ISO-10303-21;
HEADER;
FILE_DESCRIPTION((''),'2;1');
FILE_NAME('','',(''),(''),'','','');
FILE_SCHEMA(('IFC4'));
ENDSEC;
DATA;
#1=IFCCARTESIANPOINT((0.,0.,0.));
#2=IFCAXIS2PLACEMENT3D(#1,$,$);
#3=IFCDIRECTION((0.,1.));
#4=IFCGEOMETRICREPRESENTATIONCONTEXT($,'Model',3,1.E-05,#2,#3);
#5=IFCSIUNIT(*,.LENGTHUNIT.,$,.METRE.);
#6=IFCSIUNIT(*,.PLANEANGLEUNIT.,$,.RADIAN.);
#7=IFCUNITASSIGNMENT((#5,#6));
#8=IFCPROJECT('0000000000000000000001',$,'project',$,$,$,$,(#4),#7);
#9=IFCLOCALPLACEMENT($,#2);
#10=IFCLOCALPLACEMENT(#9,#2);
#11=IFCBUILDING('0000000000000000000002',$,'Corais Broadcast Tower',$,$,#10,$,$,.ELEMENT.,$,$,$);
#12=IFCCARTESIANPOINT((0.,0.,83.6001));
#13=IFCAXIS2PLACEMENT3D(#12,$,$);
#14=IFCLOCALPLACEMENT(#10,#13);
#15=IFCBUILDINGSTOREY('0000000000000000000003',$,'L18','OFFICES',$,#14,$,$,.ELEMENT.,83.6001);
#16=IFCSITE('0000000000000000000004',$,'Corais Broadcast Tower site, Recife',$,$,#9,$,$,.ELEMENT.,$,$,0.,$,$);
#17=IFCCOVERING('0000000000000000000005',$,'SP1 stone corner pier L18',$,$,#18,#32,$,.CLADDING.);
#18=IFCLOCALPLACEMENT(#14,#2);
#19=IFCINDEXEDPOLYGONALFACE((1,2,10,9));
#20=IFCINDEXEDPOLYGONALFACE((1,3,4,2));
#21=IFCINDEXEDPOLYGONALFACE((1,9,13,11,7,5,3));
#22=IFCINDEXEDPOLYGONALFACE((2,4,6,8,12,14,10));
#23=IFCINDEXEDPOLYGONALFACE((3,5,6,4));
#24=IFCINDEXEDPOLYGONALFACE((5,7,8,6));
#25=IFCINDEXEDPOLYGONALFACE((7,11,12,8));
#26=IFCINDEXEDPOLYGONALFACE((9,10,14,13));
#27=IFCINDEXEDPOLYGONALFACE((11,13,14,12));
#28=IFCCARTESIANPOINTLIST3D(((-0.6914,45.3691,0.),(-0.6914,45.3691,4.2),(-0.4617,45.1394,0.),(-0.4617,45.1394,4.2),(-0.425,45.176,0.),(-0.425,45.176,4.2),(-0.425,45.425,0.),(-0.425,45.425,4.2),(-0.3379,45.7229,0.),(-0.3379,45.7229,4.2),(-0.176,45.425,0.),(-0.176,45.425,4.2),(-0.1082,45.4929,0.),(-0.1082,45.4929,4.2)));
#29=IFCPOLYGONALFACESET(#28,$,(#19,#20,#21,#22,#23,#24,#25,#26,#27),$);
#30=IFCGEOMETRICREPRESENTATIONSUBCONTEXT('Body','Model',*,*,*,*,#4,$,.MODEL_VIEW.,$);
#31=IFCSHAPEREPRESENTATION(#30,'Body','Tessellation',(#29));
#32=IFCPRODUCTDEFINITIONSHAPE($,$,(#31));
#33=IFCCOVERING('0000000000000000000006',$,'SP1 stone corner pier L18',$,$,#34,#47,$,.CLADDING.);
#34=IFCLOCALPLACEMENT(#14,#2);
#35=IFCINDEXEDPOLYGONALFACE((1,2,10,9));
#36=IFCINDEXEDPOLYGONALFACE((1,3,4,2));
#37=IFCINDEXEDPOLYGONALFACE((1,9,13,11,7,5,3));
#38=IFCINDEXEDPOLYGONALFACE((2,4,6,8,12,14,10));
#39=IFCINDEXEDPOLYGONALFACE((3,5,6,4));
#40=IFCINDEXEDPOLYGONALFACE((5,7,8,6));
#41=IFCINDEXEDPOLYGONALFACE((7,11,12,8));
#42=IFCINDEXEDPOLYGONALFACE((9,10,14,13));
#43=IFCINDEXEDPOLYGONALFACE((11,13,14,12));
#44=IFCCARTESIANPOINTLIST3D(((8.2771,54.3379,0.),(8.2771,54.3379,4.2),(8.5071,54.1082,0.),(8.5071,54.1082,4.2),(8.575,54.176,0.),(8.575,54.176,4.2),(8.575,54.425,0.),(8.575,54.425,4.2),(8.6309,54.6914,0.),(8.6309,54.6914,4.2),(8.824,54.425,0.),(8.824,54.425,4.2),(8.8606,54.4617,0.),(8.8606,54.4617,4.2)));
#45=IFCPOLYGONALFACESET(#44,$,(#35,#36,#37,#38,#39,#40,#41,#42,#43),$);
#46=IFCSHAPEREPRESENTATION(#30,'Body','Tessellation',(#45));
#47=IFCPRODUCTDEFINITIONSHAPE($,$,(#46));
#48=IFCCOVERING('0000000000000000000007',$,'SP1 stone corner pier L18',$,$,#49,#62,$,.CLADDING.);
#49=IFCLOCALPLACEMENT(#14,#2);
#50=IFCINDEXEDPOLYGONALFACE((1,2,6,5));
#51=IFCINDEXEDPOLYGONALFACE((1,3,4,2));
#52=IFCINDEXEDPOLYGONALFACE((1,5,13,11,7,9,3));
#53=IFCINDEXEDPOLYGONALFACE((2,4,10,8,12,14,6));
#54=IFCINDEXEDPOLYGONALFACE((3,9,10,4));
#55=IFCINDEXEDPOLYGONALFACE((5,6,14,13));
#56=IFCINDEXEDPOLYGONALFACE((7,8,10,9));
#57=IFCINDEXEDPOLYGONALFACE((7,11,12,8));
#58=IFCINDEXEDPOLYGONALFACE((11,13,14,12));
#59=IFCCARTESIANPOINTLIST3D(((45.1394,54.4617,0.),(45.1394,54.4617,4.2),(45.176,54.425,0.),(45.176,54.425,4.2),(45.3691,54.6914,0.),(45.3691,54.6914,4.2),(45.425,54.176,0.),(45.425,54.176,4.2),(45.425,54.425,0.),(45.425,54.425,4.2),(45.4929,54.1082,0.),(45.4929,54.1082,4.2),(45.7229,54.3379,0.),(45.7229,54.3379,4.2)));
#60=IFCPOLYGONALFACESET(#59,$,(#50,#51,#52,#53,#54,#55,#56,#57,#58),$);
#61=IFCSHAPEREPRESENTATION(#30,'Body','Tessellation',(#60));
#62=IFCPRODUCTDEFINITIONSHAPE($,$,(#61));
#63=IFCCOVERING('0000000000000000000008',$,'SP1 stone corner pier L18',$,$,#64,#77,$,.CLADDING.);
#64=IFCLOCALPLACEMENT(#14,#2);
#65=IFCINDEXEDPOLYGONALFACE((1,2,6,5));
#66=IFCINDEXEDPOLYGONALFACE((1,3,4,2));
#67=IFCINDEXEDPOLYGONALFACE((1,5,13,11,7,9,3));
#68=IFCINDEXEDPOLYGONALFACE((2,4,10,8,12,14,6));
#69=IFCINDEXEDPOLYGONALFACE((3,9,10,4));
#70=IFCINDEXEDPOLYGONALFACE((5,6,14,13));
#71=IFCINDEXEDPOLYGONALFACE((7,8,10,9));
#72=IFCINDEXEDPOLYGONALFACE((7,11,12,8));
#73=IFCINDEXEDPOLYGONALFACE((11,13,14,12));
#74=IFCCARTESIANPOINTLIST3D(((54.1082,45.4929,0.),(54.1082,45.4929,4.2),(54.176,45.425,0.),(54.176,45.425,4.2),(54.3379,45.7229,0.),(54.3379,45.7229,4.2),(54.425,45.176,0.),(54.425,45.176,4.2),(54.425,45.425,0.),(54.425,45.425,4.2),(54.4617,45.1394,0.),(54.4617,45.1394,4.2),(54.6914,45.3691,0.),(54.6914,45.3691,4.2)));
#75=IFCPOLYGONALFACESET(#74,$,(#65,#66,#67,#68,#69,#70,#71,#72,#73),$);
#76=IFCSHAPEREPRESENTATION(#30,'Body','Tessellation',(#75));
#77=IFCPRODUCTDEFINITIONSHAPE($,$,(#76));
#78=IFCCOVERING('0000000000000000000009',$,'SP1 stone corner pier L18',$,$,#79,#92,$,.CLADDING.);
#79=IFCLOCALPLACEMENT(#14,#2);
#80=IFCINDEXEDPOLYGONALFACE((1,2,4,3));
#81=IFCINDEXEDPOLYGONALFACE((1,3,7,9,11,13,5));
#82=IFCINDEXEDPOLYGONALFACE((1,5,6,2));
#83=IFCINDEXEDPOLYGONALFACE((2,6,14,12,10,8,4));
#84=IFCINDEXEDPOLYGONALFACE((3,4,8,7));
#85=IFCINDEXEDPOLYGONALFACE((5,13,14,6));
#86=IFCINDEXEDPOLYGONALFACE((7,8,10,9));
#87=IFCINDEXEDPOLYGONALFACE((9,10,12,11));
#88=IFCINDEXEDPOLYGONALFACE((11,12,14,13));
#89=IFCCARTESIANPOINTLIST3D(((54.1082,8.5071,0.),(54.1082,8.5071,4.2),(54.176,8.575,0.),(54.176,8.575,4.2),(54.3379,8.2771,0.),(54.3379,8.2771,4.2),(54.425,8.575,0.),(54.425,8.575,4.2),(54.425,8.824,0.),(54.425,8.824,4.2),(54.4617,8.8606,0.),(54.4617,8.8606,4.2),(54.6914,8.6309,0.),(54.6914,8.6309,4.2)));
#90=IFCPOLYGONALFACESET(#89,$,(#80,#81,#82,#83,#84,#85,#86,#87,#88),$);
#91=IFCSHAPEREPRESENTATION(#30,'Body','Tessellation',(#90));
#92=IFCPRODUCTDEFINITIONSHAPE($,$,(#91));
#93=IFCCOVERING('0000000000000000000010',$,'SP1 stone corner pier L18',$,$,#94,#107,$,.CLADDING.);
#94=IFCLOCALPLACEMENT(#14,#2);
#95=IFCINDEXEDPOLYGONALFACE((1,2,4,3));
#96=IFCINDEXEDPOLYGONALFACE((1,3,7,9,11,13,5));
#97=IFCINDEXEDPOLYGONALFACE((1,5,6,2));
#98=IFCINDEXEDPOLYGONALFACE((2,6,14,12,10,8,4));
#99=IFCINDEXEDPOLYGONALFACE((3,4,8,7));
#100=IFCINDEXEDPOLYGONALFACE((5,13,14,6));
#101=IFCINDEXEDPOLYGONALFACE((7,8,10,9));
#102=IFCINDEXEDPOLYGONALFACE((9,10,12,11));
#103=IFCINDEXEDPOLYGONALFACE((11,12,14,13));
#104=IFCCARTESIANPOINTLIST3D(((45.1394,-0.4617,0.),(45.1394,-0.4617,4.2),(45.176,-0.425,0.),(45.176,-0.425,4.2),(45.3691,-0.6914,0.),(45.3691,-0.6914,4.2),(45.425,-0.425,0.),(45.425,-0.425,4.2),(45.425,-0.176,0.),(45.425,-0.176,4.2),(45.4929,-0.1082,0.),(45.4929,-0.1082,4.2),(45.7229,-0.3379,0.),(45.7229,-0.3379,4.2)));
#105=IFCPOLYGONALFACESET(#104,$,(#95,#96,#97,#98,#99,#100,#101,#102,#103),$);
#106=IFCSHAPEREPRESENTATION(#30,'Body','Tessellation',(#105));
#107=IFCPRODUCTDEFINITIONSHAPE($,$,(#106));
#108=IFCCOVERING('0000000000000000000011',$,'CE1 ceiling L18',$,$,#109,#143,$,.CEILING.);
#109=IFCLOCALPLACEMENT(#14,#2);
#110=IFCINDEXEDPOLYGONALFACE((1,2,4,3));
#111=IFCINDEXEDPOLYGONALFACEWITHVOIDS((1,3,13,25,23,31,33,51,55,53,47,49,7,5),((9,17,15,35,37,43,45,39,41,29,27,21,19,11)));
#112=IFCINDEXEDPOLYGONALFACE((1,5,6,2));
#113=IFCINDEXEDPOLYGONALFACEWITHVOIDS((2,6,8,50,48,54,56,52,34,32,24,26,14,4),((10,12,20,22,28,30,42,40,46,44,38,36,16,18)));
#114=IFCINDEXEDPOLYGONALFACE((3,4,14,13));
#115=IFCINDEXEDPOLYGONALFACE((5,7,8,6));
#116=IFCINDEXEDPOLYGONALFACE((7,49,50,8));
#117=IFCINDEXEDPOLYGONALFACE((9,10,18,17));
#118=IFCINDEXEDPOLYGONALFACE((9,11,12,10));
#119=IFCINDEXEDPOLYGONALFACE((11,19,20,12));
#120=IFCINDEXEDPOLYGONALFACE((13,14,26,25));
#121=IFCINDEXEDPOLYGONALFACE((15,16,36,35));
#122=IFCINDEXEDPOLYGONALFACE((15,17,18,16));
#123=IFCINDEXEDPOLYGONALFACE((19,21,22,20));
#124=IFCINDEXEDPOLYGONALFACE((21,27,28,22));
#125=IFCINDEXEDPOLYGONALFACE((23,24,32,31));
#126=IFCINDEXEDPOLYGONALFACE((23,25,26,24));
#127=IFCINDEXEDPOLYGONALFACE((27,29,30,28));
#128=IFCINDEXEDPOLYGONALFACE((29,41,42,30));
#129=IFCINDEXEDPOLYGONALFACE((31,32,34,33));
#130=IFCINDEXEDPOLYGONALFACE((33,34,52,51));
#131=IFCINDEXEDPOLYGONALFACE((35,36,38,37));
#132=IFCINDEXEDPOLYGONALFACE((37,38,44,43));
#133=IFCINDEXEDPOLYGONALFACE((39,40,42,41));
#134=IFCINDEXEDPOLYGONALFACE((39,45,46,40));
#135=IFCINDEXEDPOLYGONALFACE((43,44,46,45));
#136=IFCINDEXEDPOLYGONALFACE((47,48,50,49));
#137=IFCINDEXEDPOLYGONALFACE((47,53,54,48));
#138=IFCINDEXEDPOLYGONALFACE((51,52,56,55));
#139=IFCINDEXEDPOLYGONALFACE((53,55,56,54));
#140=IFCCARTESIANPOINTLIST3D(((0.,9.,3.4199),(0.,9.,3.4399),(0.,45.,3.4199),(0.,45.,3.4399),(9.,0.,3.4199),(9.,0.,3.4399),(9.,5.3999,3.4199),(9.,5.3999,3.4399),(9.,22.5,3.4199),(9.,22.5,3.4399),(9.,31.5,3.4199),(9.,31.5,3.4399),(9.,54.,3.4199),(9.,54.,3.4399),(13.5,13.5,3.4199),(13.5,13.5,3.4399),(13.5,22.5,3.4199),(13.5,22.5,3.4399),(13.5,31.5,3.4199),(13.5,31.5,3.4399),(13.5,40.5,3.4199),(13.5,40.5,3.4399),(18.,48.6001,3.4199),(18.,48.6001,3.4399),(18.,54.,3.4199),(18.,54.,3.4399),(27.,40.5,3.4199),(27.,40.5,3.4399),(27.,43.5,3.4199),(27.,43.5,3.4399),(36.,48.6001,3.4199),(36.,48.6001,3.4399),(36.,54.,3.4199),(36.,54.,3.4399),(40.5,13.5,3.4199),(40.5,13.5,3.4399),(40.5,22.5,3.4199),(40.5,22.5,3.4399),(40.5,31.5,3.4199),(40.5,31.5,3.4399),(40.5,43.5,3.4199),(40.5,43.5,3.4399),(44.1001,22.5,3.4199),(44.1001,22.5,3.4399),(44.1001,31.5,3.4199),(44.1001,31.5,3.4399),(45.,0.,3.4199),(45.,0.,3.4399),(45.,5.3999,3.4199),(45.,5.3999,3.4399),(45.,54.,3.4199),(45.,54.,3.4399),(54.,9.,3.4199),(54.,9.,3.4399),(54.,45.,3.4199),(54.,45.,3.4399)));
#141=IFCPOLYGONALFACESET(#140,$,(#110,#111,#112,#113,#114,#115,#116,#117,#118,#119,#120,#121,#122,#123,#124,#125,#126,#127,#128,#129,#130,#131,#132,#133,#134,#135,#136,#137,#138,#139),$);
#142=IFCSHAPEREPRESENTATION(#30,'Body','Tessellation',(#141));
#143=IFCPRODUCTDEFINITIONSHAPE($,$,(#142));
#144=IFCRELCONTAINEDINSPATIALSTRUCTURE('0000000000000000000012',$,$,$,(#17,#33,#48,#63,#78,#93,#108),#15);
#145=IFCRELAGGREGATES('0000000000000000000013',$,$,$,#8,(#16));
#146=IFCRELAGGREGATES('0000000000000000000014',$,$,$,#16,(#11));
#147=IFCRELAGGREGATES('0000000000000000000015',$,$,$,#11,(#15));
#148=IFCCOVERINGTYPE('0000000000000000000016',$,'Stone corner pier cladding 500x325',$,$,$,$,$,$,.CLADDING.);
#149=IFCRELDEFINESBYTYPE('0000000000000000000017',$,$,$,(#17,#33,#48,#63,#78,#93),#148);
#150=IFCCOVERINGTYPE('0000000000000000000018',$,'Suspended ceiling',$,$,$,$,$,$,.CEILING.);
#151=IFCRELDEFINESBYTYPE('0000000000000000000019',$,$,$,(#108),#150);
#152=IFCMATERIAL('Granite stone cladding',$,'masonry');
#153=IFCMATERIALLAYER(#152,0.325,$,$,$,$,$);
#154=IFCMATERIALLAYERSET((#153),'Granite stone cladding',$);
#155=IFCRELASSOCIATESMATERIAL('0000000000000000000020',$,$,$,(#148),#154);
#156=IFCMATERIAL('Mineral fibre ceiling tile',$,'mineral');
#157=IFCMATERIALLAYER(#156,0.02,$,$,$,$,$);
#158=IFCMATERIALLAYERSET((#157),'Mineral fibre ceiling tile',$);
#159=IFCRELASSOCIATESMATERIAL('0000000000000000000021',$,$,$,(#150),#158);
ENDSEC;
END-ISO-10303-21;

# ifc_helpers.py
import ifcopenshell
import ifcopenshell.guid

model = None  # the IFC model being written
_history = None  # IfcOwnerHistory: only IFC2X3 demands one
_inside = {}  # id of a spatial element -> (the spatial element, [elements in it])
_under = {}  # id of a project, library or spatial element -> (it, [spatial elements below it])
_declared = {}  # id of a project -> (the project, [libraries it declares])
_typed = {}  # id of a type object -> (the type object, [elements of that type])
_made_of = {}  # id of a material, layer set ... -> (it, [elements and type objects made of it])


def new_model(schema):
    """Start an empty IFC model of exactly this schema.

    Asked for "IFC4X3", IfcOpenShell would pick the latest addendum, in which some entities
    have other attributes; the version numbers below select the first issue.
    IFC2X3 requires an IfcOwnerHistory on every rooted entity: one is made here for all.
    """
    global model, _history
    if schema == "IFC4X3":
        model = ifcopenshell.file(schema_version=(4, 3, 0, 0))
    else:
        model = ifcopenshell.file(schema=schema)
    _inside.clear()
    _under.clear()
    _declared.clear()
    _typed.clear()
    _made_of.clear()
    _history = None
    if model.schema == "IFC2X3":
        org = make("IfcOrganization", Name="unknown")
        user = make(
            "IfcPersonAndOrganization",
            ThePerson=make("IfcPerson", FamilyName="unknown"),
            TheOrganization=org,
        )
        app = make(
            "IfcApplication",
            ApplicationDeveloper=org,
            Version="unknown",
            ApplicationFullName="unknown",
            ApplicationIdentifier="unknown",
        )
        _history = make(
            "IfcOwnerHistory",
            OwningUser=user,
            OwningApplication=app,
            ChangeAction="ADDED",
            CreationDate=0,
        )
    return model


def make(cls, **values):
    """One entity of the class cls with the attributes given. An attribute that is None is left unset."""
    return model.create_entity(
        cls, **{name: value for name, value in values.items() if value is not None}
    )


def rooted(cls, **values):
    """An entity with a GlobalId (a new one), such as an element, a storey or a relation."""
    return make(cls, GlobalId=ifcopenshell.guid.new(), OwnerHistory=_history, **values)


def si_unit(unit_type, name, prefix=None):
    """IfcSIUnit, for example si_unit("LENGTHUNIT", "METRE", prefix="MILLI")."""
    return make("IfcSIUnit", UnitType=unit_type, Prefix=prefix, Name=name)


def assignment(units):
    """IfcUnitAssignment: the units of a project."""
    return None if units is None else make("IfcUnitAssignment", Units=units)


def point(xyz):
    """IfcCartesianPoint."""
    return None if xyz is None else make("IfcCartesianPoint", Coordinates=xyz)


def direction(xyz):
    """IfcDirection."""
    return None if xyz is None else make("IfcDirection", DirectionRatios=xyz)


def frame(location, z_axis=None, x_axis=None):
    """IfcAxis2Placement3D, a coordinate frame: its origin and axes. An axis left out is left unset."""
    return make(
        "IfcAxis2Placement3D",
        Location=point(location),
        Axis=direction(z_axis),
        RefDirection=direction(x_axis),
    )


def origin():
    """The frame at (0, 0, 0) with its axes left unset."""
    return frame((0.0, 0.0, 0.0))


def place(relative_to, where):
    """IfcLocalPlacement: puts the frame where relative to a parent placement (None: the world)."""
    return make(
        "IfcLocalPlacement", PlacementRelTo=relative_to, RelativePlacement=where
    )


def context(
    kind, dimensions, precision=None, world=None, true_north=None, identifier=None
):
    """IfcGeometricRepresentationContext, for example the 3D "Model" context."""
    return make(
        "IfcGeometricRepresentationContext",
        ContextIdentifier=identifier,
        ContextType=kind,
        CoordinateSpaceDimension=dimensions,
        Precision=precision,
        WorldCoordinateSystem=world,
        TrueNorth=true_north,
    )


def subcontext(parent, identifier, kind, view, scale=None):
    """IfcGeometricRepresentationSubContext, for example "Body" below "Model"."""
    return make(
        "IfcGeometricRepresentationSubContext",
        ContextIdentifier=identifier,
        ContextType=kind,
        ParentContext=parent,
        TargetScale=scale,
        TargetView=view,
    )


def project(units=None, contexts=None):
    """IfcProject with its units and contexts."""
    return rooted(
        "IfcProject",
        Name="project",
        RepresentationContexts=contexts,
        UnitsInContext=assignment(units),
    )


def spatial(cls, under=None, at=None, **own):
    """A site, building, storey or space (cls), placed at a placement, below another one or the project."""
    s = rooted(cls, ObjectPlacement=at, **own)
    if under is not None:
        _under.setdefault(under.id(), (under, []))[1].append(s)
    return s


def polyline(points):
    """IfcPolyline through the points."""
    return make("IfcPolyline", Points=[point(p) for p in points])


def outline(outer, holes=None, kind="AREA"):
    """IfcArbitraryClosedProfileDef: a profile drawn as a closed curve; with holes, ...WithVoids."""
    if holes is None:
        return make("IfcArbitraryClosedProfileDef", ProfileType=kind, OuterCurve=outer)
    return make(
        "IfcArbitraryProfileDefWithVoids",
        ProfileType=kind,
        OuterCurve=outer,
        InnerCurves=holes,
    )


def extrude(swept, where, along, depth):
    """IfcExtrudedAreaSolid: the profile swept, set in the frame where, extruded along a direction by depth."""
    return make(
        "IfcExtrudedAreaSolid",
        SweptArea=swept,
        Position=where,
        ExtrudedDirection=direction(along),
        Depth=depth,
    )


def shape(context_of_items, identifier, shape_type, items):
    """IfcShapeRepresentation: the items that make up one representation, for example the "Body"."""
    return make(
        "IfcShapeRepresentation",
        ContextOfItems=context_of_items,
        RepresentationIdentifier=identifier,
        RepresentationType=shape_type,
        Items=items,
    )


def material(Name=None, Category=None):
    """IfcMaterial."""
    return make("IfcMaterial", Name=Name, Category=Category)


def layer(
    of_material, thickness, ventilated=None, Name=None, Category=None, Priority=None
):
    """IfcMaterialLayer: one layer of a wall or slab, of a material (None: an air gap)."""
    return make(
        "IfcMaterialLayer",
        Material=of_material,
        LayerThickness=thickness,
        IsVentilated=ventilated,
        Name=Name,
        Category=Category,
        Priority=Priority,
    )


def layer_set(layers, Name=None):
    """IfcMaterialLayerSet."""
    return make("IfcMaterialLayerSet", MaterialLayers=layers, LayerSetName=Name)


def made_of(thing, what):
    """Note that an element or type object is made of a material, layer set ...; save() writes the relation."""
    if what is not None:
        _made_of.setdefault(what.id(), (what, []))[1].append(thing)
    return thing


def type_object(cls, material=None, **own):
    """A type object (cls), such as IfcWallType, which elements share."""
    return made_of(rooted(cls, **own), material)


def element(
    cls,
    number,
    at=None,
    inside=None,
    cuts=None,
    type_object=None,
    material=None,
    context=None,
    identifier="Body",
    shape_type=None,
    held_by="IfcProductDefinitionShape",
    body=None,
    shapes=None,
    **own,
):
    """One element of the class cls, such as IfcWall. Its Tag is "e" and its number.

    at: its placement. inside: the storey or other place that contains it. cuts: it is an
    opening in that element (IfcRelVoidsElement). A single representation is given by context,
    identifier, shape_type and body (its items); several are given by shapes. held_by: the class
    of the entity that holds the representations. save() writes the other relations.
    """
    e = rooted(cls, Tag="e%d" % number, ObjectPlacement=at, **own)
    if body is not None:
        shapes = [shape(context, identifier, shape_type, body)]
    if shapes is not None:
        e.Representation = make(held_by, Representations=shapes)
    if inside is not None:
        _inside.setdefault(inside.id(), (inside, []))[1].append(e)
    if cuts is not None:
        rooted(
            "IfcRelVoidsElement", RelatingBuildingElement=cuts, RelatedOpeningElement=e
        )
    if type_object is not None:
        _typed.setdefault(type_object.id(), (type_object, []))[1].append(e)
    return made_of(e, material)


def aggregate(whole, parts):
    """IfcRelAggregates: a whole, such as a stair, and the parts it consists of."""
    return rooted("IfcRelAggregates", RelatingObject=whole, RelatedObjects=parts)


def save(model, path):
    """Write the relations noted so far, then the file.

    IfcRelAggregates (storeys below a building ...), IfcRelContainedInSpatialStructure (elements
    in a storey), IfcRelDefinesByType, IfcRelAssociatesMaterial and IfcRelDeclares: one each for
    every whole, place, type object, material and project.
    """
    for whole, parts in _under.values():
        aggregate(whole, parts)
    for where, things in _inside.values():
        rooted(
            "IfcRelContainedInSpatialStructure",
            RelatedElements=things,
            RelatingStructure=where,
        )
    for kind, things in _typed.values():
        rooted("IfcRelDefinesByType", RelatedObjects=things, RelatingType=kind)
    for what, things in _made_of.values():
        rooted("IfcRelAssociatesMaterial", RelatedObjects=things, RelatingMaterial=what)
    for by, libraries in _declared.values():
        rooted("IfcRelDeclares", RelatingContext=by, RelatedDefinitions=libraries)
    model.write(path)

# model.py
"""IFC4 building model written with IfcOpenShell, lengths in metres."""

from ifc_helpers import new_model, si_unit, direction, frame, origin, place, context, subcontext, project, spatial, polyline, outline, extrude, material, layer, layer_set, type_object, element, save


model = new_model("IFC4")

# Units and contexts
model_context = context("Model", 3, precision=1e-05, world=origin(), true_north=direction((0.0, 1.0)))
body_context = subcontext(model_context, "Body", "Model", "MODEL_VIEW")
ifc_project = project(units=[si_unit("LENGTHUNIT", "METRE"), si_unit("PLANEANGLEUNIT", "RADIAN")], contexts=[model_context])

# Site, building, storey
site_placement = place(None, origin())
site = spatial("IfcSite", under=ifc_project, at=site_placement, Name="Corais Broadcast Tower site, Recife", CompositionType="ELEMENT", RefElevation=0.0)
building_placement = place(site_placement, origin())
building = spatial("IfcBuilding", under=site, at=building_placement, Name="Corais Broadcast Tower", CompositionType="ELEMENT")
storey_placement = place(building_placement, frame((0.0, 0.0, 83.6001)))
storey = spatial("IfcBuildingStorey", under=building, at=storey_placement, Name="L18", Description="OFFICES", CompositionType="ELEMENT", Elevation=83.6001)

# Coverings
ifc_material_1 = material(Name="Granite stone cladding", Category="masonry")
ifc_layer_1 = layer(ifc_material_1, 0.325)
ifc_layer_set_1 = layer_set([ifc_layer_1], Name="Granite stone cladding")
covering_type_1 = type_object("IfcCoveringType", Name="Stone corner pier cladding 500x325", PredefinedType="CLADDING", material=ifc_layer_set_1)
covering_1_placement = place(storey_placement, origin())
element("IfcCovering", 1, at=covering_1_placement, inside=storey, type_object=covering_type_1, Name="SP1 stone corner pier L18", PredefinedType="CLADDING", context=body_context, shape_type="SweptSolid", body=[
    extrude(outline(polyline([(-0.4617, 45.1394), (-0.425, 45.176), (-0.425, 45.425), (-0.176, 45.425), (-0.1082, 45.4929), (-0.3379, 45.7229), (-0.6914, 45.3691), (-0.4617, 45.1394)])), origin(), (0.0, 0.0, 1.0), 4.2),
])
covering_2_placement = place(storey_placement, origin())
element("IfcCovering", 2, at=covering_2_placement, inside=storey, type_object=covering_type_1, Name="SP1 stone corner pier L18", PredefinedType="CLADDING", context=body_context, shape_type="SweptSolid", body=[
    extrude(outline(polyline([(8.824, 54.425), (8.8606, 54.4617), (8.6309, 54.6914), (8.2771, 54.3379), (8.5071, 54.1082), (8.575, 54.176), (8.575, 54.425), (8.824, 54.425)])), origin(), (0.0, 0.0, 1.0), 4.2),
])
covering_3_placement = place(storey_placement, origin())
element("IfcCovering", 3, at=covering_3_placement, inside=storey, type_object=covering_type_1, Name="SP1 stone corner pier L18", PredefinedType="CLADDING", context=body_context, shape_type="SweptSolid", body=[
    extrude(outline(polyline([(45.1394, 54.4617), (45.176, 54.425), (45.425, 54.425), (45.425, 54.176), (45.4929, 54.1082), (45.7229, 54.3379), (45.3691, 54.6914), (45.1394, 54.4617)])), origin(), (0.0, 0.0, 1.0), 4.2),
])
covering_4_placement = place(storey_placement, origin())
element("IfcCovering", 4, at=covering_4_placement, inside=storey, type_object=covering_type_1, Name="SP1 stone corner pier L18", PredefinedType="CLADDING", context=body_context, shape_type="SweptSolid", body=[
    extrude(outline(polyline([(54.425, 45.176), (54.4617, 45.1394), (54.6914, 45.3691), (54.3379, 45.7229), (54.1082, 45.4929), (54.176, 45.425), (54.425, 45.425), (54.425, 45.176)])), origin(), (0.0, 0.0, 1.0), 4.2),
])
covering_5_placement = place(storey_placement, origin())
element("IfcCovering", 5, at=covering_5_placement, inside=storey, type_object=covering_type_1, Name="SP1 stone corner pier L18", PredefinedType="CLADDING", context=body_context, shape_type="SweptSolid", body=[
    extrude(outline(polyline([(54.4617, 8.8606), (54.425, 8.824), (54.425, 8.575), (54.176, 8.575), (54.1082, 8.5071), (54.3379, 8.2771), (54.6914, 8.6309), (54.4617, 8.8606)])), origin(), (0.0, 0.0, 1.0), 4.2),
])
covering_6_placement = place(storey_placement, origin())
element("IfcCovering", 6, at=covering_6_placement, inside=storey, type_object=covering_type_1, Name="SP1 stone corner pier L18", PredefinedType="CLADDING", context=body_context, shape_type="SweptSolid", body=[
    extrude(outline(polyline([(45.176, -0.425), (45.1394, -0.4617), (45.3691, -0.6914), (45.7229, -0.3379), (45.4929, -0.1082), (45.425, -0.176), (45.425, -0.425), (45.176, -0.425)])), origin(), (0.0, 0.0, 1.0), 4.2),
])
ifc_material_2 = material(Name="Mineral fibre ceiling tile", Category="mineral")
ifc_layer_2 = layer(ifc_material_2, 0.02)
ifc_layer_set_2 = layer_set([ifc_layer_2], Name="Mineral fibre ceiling tile")
covering_type_2 = type_object("IfcCoveringType", Name="Suspended ceiling", PredefinedType="CEILING", material=ifc_layer_set_2)
covering_7_placement = place(storey_placement, frame((0.0, 0.0, 3.4199)))
element("IfcCovering", 7, at=covering_7_placement, inside=storey, type_object=covering_type_2, Name="CE1 ceiling L18", PredefinedType="CEILING", context=body_context, shape_type="SweptSolid", body=[
    extrude(outline(polyline([(9.0, 5.3999), (9.0, 0.0), (0.0, 9.0), (0.0, 45.0), (9.0, 54.0), (18.0, 54.0), (18.0, 48.6001), (36.0, 48.6001), (36.0, 54.0), (45.0, 54.0), (54.0, 45.0), (54.0, 9.0), (45.0, 0.0), (45.0, 5.3999), (9.0, 5.3999)]), holes=[polyline([(40.5, 13.5), (40.5, 22.5), (44.1001, 22.5), (44.1001, 31.5), (40.5, 31.5), (40.5, 43.5), (27.0, 43.5), (27.0, 40.5), (13.5, 40.5), (13.5, 31.5), (9.0, 31.5), (9.0, 22.5), (13.5, 22.5), (13.5, 13.5), (40.5, 13.5)])]), origin(), (0.0, 0.0, 1.0), 0.02),
])

save(model, "model.ifc")
